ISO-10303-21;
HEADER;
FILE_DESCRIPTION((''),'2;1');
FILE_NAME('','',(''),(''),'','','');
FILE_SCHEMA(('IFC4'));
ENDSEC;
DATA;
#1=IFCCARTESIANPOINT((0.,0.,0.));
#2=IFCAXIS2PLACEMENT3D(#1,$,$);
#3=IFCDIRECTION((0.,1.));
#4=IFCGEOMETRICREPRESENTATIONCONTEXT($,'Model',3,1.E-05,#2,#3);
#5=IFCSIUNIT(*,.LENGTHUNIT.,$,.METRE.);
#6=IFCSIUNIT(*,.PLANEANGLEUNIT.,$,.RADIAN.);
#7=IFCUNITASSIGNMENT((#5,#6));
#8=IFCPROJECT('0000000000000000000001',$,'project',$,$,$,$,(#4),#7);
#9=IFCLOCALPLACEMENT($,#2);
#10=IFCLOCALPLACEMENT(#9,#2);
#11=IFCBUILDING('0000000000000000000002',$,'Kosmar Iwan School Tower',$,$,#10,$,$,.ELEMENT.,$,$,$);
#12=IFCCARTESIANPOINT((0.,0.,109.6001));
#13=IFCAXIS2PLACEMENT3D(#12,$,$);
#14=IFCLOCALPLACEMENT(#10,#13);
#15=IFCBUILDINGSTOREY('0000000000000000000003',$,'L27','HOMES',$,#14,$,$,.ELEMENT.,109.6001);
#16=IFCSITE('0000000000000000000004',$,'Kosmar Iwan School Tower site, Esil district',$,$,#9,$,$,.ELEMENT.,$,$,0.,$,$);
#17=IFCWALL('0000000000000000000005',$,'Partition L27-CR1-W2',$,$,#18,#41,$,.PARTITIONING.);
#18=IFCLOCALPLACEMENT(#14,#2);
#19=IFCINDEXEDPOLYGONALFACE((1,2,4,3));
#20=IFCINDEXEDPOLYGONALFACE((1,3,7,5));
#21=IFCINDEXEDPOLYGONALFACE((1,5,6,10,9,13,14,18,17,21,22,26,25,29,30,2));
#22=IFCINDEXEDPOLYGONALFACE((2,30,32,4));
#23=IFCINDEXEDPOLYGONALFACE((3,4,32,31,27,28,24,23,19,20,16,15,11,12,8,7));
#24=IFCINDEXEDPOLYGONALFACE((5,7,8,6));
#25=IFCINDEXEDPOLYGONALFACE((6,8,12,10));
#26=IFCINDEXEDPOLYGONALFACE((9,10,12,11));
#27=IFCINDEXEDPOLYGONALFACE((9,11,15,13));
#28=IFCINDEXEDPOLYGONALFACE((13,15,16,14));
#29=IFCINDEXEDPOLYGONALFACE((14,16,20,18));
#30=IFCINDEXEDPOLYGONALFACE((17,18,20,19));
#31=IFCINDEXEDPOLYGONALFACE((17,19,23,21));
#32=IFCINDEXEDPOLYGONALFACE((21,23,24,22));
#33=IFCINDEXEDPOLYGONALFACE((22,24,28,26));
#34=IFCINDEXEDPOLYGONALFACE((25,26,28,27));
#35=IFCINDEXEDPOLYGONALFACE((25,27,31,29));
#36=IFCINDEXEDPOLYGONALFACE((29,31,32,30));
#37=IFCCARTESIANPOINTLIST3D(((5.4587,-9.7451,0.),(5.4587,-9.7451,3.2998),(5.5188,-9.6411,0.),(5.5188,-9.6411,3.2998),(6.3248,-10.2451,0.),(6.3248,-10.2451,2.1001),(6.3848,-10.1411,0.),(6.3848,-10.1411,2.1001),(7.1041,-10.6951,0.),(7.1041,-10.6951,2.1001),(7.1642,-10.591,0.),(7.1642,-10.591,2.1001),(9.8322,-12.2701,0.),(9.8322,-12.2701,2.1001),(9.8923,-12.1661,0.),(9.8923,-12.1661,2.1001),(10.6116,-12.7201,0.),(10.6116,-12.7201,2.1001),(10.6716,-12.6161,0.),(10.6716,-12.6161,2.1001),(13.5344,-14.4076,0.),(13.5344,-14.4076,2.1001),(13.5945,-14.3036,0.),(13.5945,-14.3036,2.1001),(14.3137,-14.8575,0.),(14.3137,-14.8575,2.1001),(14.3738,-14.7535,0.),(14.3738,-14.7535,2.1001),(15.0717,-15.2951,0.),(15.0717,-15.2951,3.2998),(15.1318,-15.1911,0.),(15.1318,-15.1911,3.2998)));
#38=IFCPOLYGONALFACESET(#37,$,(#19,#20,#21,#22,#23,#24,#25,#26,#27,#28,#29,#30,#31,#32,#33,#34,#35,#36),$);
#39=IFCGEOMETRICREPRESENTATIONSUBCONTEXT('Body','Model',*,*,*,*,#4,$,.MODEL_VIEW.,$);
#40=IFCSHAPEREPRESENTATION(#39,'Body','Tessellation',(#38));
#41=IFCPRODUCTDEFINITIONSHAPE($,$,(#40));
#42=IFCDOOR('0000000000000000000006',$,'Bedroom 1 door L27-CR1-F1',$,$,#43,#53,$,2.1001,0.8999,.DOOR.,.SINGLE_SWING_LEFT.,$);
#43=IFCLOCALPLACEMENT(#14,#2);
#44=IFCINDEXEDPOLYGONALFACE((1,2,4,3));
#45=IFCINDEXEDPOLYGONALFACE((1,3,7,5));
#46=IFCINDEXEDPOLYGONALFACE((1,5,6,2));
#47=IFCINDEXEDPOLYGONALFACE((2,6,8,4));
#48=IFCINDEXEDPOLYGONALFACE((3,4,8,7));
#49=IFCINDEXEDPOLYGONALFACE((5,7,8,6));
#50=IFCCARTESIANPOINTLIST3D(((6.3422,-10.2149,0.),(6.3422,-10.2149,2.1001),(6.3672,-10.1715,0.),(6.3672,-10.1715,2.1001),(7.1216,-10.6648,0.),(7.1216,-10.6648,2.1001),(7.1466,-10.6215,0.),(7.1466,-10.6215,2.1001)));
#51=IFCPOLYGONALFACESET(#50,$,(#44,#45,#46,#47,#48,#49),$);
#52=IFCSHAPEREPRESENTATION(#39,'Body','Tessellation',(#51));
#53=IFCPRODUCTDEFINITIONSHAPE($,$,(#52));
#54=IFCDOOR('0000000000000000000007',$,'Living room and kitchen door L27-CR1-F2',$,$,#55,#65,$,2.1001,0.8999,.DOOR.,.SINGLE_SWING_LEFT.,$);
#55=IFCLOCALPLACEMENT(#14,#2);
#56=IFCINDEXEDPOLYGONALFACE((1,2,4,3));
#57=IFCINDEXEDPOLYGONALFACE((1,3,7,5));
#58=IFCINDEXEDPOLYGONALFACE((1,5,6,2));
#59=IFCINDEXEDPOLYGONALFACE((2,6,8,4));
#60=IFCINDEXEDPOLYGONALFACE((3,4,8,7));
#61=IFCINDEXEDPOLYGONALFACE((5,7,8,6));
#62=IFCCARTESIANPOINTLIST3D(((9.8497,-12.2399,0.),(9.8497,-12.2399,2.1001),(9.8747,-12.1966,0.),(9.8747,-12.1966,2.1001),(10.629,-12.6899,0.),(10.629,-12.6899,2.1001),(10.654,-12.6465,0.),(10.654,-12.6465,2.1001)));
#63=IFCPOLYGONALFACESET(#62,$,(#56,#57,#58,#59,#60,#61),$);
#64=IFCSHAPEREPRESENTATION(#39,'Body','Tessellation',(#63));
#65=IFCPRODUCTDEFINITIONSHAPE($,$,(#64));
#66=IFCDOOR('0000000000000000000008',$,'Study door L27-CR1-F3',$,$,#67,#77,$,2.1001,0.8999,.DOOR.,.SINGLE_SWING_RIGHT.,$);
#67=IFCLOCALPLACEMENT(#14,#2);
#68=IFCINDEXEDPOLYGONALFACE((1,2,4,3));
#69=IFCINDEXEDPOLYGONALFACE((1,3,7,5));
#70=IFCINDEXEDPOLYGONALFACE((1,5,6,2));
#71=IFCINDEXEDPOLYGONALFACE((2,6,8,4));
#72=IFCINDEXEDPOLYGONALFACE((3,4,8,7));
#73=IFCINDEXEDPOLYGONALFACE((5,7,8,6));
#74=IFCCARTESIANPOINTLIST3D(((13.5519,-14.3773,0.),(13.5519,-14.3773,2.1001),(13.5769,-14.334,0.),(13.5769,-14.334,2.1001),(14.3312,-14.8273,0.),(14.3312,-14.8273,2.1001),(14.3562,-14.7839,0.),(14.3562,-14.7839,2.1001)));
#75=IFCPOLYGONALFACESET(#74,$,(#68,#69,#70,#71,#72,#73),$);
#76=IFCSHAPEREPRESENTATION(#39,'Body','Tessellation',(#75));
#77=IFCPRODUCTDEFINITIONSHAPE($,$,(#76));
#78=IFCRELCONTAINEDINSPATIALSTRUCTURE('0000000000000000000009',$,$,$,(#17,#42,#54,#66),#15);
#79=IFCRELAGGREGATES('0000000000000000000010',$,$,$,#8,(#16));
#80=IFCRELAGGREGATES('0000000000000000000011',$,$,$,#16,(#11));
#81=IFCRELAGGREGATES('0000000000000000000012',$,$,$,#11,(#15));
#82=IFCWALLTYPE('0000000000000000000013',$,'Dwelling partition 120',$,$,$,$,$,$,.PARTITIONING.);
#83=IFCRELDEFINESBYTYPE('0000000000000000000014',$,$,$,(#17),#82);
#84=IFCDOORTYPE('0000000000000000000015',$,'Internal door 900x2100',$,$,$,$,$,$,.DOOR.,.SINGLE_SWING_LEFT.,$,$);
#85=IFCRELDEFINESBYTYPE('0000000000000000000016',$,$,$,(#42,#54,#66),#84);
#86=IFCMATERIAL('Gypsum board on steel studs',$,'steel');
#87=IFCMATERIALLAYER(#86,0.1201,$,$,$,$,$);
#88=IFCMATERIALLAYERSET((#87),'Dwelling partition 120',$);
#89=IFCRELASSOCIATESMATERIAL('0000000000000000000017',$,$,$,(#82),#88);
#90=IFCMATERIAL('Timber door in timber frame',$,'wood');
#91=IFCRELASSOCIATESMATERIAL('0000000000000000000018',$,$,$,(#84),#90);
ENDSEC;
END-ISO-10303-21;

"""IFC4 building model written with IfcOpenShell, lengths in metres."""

from ifc_helpers import new_model, si_unit, direction, frame, frame_2d, origin, place, context, subcontext, project, spatial, rectangle, extrude, material, layer, layer_set, type_object, element, fill, save


model = new_model("IFC4")

# Units and contexts
model_context = context("Model", 3, precision=1e-05, world=origin(), true_north=direction((0.0, 1.0)))
body_context = subcontext(model_context, "Body", "Model", "MODEL_VIEW")
ifc_project = project(units=[si_unit("LENGTHUNIT", "METRE"), si_unit("PLANEANGLEUNIT", "RADIAN")], contexts=[model_context])

# Site, building, storey
site_placement = place(None, origin())
site = spatial("IfcSite", under=ifc_project, at=site_placement, Name="Kosmar Iwan School Tower site, Esil district", CompositionType="ELEMENT", RefElevation=0.0)
building_placement = place(site_placement, origin())
building = spatial("IfcBuilding", under=site, at=building_placement, Name="Kosmar Iwan School Tower", CompositionType="ELEMENT")
storey_placement = place(building_placement, frame((0.0, 0.0, 109.6001)))
storey = spatial("IfcBuildingStorey", under=building, at=storey_placement, Name="L27", Description="HOMES", CompositionType="ELEMENT", Elevation=109.6001)

# Wall, openings, doors
ifc_material_1 = material(Name="Gypsum board on steel studs", Category="steel")
ifc_layer_1 = layer(ifc_material_1, 0.1201)
ifc_layer_set_1 = layer_set([ifc_layer_1], Name="Dwelling partition 120")
wall_type_1 = type_object("IfcWallType", Name="Dwelling partition 120", PredefinedType="PARTITIONING", material=ifc_layer_set_1)
wall_1_placement = place(storey_placement, frame((5.4888, -9.6931, 0.0), z_axis=(0.0, 0.0, 1.0), x_axis=(0.866027, -0.499997, 0.0)))
wall_1 = element("IfcWall", 1, at=wall_1_placement, inside=storey, type_object=wall_type_1, Name="Partition L27-CR1-W2", PredefinedType="PARTITIONING", context=body_context, shape_type="SweptSolid", body=[
    extrude(rectangle(XDim=11.1001, YDim=0.1201, at=frame_2d((5.55, 0.0))), origin(), (0.0, 0.0, 1.0), 3.2998),
])
opening_1_placement = place(wall_1_placement, frame((1.0, 0.0, 0.0)))
opening_1 = element("IfcOpeningElement", 2, at=opening_1_placement, cuts=wall_1, PredefinedType="OPENING", context=body_context, shape_type="SweptSolid", body=[
    extrude(rectangle(XDim=0.8999, YDim=2.1001, at=frame_2d((0.45, 1.05))), frame((0.0, 0.072, 0.0), z_axis=(0.0, -1.0, 0.0), x_axis=(1.0, 0.0, 0.0)), (0.0, 0.0, 1.0), 0.144),
])
opening_2_placement = place(wall_1_placement, frame((5.05, 0.0, 0.0)))
opening_2 = element("IfcOpeningElement", 3, at=opening_2_placement, cuts=wall_1, PredefinedType="OPENING", context=body_context, shape_type="SweptSolid", body=[
    extrude(rectangle(XDim=0.8999, YDim=2.1001, at=frame_2d((0.45, 1.05))), frame((0.0, 0.072, 0.0), z_axis=(0.0, -1.0, 0.0), x_axis=(1.0, 0.0, 0.0)), (0.0, 0.0, 1.0), 0.144),
])
opening_3_placement = place(wall_1_placement, frame((9.325, 0.0, 0.0)))
opening_3 = element("IfcOpeningElement", 4, at=opening_3_placement, cuts=wall_1, PredefinedType="OPENING", context=body_context, shape_type="SweptSolid", body=[
    extrude(rectangle(XDim=0.8999, YDim=2.1001, at=frame_2d((0.45, 1.05))), frame((0.0, 0.072, 0.0), z_axis=(0.0, -1.0, 0.0), x_axis=(1.0, 0.0, 0.0)), (0.0, 0.0, 1.0), 0.144),
])
ifc_material_2 = material(Name="Timber door in timber frame", Category="wood")
door_type = type_object("IfcDoorType", Name="Internal door 900x2100", OperationType="SINGLE_SWING_LEFT", PredefinedType="DOOR", material=ifc_material_2)
door_1_placement = place(opening_1_placement, origin())
door_1 = element("IfcDoor", 5, at=door_1_placement, inside=storey, type_object=door_type, Name="Bedroom 1 door L27-CR1-F1", OperationType="SINGLE_SWING_LEFT", OverallHeight=2.1001, OverallWidth=0.8999, PredefinedType="DOOR", context=body_context, shape_type="SweptSolid", body=[
    extrude(rectangle(XDim=0.8999, YDim=2.1001, at=frame_2d((0.45, 1.05))), frame((0.0, 0.0249, 0.0), z_axis=(0.0, -1.0, 0.0), x_axis=(1.0, 0.0, 0.0)), (0.0, 0.0, 1.0), 0.05),
])
fill(opening_1, door_1)
door_2_placement = place(opening_2_placement, origin())
door_2 = element("IfcDoor", 6, at=door_2_placement, inside=storey, type_object=door_type, Name="Living room and kitchen door L27-CR1-F2", OperationType="SINGLE_SWING_LEFT", OverallHeight=2.1001, OverallWidth=0.8999, PredefinedType="DOOR", context=body_context, shape_type="SweptSolid", body=[
    extrude(rectangle(XDim=0.8999, YDim=2.1001, at=frame_2d((0.45, 1.05))), frame((0.0, 0.0249, 0.0), z_axis=(0.0, -1.0, 0.0), x_axis=(1.0, 0.0, 0.0)), (0.0, 0.0, 1.0), 0.05),
])
fill(opening_2, door_2)
door_3_placement = place(opening_3_placement, origin())
door_3 = element("IfcDoor", 7, at=door_3_placement, inside=storey, type_object=door_type, Name="Study door L27-CR1-F3", OperationType="SINGLE_SWING_RIGHT", OverallHeight=2.1001, OverallWidth=0.8999, PredefinedType="DOOR", context=body_context, shape_type="SweptSolid", body=[
    extrude(rectangle(XDim=0.8999, YDim=2.1001, at=frame_2d((0.45, 1.05))), frame((0.0, 0.0249, 0.0), z_axis=(0.0, -1.0, 0.0), x_axis=(1.0, 0.0, 0.0)), (0.0, 0.0, 1.0), 0.05),
])
fill(opening_3, door_3)

save(model, "model.ifc")
